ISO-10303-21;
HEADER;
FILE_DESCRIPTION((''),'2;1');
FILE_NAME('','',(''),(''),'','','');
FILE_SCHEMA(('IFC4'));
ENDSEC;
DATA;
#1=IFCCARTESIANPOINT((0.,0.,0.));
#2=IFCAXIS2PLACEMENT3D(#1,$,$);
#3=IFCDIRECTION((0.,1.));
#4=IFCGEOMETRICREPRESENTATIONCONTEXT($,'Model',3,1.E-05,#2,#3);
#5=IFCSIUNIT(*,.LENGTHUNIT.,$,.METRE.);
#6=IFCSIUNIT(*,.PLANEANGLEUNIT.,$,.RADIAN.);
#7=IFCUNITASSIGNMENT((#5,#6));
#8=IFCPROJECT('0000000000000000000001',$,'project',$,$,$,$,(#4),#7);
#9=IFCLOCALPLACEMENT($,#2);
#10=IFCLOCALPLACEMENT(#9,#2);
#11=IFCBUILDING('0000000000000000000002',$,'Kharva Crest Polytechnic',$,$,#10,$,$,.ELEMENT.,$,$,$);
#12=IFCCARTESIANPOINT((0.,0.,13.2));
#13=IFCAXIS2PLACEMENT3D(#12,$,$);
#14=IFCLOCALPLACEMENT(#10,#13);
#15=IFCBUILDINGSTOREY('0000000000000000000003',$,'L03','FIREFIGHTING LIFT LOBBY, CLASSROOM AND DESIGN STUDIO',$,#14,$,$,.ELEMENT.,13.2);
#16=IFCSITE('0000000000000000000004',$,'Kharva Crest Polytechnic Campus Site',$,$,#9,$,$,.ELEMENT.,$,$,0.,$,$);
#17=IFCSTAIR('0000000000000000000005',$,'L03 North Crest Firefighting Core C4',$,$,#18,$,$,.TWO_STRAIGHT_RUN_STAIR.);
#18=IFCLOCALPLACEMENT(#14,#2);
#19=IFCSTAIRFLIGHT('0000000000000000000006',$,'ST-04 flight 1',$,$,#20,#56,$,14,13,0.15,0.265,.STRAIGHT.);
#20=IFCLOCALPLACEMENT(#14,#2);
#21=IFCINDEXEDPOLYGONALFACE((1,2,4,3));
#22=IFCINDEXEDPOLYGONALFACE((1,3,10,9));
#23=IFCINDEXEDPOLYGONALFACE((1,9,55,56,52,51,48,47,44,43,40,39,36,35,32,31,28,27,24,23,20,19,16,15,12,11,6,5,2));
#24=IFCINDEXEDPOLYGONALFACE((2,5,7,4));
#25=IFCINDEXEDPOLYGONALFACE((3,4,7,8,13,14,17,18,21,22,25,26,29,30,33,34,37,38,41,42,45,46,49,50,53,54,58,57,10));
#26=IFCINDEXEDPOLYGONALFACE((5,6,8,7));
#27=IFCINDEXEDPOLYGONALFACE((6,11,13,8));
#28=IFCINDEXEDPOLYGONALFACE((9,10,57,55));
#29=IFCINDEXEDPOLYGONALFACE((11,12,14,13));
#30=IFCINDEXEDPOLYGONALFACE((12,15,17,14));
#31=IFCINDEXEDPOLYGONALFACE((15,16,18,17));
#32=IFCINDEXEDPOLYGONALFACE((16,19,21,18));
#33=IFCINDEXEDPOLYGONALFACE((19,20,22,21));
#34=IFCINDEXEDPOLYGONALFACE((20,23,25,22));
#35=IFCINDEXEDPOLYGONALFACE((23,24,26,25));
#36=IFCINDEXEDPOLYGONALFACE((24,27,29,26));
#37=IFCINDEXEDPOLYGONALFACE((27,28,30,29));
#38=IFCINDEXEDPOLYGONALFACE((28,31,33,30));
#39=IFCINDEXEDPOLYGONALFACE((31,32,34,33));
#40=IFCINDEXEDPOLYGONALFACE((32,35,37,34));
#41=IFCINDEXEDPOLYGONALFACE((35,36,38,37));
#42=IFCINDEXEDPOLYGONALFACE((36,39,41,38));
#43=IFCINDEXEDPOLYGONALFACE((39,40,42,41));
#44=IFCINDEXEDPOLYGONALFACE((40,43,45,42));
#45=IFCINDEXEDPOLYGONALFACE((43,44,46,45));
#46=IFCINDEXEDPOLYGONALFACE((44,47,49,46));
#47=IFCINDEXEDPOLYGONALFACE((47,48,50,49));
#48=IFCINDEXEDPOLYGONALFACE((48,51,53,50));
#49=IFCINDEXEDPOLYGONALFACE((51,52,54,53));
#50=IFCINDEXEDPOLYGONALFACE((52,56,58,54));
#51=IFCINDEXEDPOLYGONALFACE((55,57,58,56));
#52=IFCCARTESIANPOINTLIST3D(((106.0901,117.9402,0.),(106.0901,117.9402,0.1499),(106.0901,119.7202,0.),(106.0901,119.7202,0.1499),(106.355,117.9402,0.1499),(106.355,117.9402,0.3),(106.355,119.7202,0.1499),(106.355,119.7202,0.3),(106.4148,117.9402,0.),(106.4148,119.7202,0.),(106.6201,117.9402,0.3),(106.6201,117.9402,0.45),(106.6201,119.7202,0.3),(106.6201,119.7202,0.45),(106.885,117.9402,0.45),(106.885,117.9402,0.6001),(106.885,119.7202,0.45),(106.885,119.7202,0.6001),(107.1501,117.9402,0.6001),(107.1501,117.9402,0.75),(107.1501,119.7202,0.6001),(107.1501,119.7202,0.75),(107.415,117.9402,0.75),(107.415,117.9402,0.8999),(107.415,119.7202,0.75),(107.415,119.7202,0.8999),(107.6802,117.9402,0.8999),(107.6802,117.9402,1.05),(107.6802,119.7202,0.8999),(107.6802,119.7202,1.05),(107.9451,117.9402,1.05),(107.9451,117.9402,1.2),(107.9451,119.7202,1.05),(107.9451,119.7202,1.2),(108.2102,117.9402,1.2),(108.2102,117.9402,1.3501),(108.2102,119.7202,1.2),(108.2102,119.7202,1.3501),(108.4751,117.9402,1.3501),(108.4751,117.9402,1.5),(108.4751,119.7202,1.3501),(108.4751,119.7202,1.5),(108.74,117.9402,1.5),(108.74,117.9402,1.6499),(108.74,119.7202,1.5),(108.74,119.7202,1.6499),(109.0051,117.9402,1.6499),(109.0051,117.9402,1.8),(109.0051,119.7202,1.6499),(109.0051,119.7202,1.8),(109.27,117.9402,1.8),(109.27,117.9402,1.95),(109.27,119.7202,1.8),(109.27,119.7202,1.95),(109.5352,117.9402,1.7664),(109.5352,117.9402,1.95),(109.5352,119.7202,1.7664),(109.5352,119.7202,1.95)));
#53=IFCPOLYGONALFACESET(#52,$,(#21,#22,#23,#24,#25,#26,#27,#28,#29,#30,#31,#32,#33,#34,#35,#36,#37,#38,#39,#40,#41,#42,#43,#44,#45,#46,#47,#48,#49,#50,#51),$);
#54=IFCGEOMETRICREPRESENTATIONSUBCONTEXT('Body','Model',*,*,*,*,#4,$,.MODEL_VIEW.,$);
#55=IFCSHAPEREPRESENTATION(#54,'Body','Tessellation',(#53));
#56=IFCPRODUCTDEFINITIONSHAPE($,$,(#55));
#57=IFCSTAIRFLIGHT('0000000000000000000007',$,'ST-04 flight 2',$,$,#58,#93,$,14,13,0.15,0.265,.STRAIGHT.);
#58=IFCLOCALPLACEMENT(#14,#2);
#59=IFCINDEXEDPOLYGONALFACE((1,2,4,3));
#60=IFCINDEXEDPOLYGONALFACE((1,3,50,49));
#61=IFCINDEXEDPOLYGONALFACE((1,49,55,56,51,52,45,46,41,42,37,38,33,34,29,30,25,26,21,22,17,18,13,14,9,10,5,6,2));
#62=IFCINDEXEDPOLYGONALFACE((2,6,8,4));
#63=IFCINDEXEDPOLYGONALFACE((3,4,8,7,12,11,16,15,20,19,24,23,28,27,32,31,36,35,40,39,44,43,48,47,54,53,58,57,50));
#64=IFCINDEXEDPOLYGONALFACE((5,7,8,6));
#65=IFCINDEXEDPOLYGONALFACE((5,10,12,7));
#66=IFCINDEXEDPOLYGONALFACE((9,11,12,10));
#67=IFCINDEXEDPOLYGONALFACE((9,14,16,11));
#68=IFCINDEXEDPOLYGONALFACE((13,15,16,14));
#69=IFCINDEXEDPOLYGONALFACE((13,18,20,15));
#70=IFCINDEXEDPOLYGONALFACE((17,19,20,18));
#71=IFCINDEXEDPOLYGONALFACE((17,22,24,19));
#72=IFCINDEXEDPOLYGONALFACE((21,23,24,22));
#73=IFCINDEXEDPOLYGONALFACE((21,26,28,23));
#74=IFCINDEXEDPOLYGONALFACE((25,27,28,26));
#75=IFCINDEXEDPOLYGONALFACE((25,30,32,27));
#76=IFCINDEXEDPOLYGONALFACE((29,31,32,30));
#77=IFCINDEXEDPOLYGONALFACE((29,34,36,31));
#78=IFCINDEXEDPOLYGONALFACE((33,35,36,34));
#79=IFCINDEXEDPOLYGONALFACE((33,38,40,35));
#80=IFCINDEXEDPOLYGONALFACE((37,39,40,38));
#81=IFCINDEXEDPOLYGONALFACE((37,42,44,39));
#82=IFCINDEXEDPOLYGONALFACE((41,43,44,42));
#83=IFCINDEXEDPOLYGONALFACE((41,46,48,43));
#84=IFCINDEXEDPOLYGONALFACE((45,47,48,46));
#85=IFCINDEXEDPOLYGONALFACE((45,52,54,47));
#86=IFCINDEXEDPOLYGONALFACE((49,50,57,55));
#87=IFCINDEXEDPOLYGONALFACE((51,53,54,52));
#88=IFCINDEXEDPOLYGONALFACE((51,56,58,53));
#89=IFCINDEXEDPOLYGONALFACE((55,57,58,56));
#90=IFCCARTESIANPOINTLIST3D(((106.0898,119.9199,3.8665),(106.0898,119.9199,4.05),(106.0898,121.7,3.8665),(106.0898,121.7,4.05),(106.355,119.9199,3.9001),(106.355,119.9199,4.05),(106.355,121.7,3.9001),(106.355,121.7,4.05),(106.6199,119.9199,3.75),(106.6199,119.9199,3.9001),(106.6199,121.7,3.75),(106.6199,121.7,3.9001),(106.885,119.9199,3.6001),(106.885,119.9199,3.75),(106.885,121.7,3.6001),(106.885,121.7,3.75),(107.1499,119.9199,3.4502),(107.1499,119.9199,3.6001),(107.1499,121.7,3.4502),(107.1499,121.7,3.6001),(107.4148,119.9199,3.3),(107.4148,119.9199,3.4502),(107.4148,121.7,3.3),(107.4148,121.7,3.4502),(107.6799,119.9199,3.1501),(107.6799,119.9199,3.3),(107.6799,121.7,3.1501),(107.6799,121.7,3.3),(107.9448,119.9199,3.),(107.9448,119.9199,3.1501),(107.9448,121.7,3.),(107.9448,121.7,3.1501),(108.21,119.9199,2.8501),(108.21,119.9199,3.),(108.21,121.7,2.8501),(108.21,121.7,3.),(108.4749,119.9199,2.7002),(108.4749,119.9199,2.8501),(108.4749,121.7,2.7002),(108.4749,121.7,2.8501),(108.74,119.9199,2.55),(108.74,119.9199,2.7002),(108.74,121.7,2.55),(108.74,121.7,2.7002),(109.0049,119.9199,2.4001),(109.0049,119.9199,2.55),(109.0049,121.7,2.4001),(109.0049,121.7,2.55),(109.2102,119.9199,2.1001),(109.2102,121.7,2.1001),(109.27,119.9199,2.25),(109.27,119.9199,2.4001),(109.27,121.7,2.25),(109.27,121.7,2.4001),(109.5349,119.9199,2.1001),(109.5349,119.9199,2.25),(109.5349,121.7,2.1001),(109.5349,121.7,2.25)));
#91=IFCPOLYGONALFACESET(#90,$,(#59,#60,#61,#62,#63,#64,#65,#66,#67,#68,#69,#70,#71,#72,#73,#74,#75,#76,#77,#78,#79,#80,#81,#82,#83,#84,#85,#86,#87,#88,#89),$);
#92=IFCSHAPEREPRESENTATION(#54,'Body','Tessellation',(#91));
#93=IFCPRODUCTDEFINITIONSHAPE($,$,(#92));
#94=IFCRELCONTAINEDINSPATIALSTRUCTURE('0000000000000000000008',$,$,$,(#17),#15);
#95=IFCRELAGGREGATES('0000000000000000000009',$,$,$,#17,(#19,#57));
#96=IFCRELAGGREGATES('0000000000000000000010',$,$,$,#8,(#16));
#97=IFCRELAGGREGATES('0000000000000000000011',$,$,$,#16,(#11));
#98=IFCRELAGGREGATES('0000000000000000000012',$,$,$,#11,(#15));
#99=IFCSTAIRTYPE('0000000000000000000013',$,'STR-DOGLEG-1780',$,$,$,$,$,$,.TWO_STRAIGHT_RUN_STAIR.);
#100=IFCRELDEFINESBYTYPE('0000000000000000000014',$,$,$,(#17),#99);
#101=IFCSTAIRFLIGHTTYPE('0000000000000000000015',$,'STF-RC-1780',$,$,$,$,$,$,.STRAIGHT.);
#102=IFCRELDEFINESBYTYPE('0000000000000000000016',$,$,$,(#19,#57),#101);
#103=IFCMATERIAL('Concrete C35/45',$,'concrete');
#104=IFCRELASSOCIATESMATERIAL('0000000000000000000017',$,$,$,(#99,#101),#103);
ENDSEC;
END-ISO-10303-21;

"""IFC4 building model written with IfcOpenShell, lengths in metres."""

from ifc_helpers import new_model, si_unit, direction, frame, origin, place, context, subcontext, project, spatial, polyline, outline, extrude, material, type_object, element, aggregate, save


model = new_model("IFC4")

# Units and contexts
model_context = context("Model", 3, precision=1e-05, world=origin(), true_north=direction((0.0, 1.0)))
body_context = subcontext(model_context, "Body", "Model", "MODEL_VIEW")
ifc_project = project(units=[si_unit("LENGTHUNIT", "METRE"), si_unit("PLANEANGLEUNIT", "RADIAN")], contexts=[model_context])

# Site, building, storey
site_placement = place(None, origin())
site = spatial("IfcSite", under=ifc_project, at=site_placement, Name="Kharva Crest Polytechnic Campus Site", CompositionType="ELEMENT", RefElevation=0.0)
building_placement = place(site_placement, origin())
building = spatial("IfcBuilding", under=site, at=building_placement, Name="Kharva Crest Polytechnic", CompositionType="ELEMENT")
storey_placement = place(building_placement, frame((0.0, 0.0, 13.2)))
storey = spatial("IfcBuildingStorey", under=building, at=storey_placement, Name="L03", Description="FIREFIGHTING LIFT LOBBY, CLASSROOM AND DESIGN STUDIO", CompositionType="ELEMENT", Elevation=13.2)

# Shared definitions
ifc_material_1 = material(Name="Concrete C35/45", Category="concrete")

# Stair, stair flights
stair_type = type_object("IfcStairType", Name="STR-DOGLEG-1780", PredefinedType="TWO_STRAIGHT_RUN_STAIR", material=ifc_material_1)
stair_placement = place(storey_placement, origin())
stair = element("IfcStair", 1, at=stair_placement, inside=storey, type_object=stair_type, Name="L03 North Crest Firefighting Core C4", PredefinedType="TWO_STRAIGHT_RUN_STAIR")
stair_flight_type = type_object("IfcStairFlightType", Name="STF-RC-1780", PredefinedType="STRAIGHT", material=ifc_material_1)
stair_flight_1_placement = place(storey_placement, frame((106.0901, 118.8301, 0.0), z_axis=(0.0, 0.0, 1.0), x_axis=(1.0, 0.0, 0.0)))
stair_flight_1 = element("IfcStairFlight", 2, at=stair_flight_1_placement, type_object=stair_flight_type, Name="ST-04 flight 1", NumberOfRisers=14, NumberOfTreads=13, PredefinedType="STRAIGHT", RiserHeight=0.15, TreadLength=0.265, context=body_context, shape_type="SweptSolid", body=[
    extrude(outline(polyline([(0.0, 0.0), (0.0, 0.1499), (0.2649, 0.1499), (0.2649, 0.3), (0.53, 0.3), (0.53, 0.45), (0.7949, 0.45), (0.7949, 0.6001), (1.0601, 0.6001), (1.0601, 0.75), (1.325, 0.75), (1.325, 0.8999), (1.5901, 0.8999), (1.5901, 1.05), (1.855, 1.05), (1.855, 1.2), (2.1201, 1.2), (2.1201, 1.3501), (2.385, 1.3501), (2.385, 1.5), (2.6499, 1.5), (2.6499, 1.6499), (2.915, 1.6499), (2.915, 1.8), (3.1799, 1.8), (3.1799, 1.95), (3.4451, 1.95), (3.4451, 2.1001), (3.4451, 1.7664), (0.3247, 0.0), (0.0, 0.0)])), frame((0.0, 0.8901, 0.0), z_axis=(0.0, -1.0, 0.0), x_axis=(1.0, 0.0, 0.0)), (0.0, 0.0, 1.0), 1.78),
])
stair_flight_2_placement = place(storey_placement, frame((109.5349, 120.8101, 2.1001), z_axis=(0.0, 0.0, 1.0), x_axis=(-1.0, 0.0, 0.0)))
stair_flight_2 = element("IfcStairFlight", 3, at=stair_flight_2_placement, type_object=stair_flight_type, Name="ST-04 flight 2", NumberOfRisers=14, NumberOfTreads=13, PredefinedType="STRAIGHT", RiserHeight=0.15, TreadLength=0.265, context=body_context, shape_type="SweptSolid", body=[
    extrude(outline(polyline([(0.0, 0.0), (0.0, 0.1499), (0.2649, 0.1499), (0.2649, 0.3), (0.53, 0.3), (0.53, 0.45), (0.7949, 0.45), (0.7949, 0.6001), (1.0601, 0.6001), (1.0601, 0.75), (1.325, 0.75), (1.325, 0.8999), (1.5901, 0.8999), (1.5901, 1.05), (1.855, 1.05), (1.855, 1.2), (2.1201, 1.2), (2.1201, 1.3501), (2.385, 1.3501), (2.385, 1.5), (2.6499, 1.5), (2.6499, 1.6499), (2.915, 1.6499), (2.915, 1.8), (3.1799, 1.8), (3.1799, 1.95), (3.4451, 1.95), (3.4451, 2.1001), (3.4451, 1.7664), (0.3247, 0.0), (0.0, 0.0)])), frame((0.0, 0.8901, 0.0), z_axis=(0.0, -1.0, 0.0), x_axis=(1.0, 0.0, 0.0)), (0.0, 0.0, 1.0), 1.78),
])
aggregate(stair, [stair_flight_1, stair_flight_2])

save(model, "model.ifc")
